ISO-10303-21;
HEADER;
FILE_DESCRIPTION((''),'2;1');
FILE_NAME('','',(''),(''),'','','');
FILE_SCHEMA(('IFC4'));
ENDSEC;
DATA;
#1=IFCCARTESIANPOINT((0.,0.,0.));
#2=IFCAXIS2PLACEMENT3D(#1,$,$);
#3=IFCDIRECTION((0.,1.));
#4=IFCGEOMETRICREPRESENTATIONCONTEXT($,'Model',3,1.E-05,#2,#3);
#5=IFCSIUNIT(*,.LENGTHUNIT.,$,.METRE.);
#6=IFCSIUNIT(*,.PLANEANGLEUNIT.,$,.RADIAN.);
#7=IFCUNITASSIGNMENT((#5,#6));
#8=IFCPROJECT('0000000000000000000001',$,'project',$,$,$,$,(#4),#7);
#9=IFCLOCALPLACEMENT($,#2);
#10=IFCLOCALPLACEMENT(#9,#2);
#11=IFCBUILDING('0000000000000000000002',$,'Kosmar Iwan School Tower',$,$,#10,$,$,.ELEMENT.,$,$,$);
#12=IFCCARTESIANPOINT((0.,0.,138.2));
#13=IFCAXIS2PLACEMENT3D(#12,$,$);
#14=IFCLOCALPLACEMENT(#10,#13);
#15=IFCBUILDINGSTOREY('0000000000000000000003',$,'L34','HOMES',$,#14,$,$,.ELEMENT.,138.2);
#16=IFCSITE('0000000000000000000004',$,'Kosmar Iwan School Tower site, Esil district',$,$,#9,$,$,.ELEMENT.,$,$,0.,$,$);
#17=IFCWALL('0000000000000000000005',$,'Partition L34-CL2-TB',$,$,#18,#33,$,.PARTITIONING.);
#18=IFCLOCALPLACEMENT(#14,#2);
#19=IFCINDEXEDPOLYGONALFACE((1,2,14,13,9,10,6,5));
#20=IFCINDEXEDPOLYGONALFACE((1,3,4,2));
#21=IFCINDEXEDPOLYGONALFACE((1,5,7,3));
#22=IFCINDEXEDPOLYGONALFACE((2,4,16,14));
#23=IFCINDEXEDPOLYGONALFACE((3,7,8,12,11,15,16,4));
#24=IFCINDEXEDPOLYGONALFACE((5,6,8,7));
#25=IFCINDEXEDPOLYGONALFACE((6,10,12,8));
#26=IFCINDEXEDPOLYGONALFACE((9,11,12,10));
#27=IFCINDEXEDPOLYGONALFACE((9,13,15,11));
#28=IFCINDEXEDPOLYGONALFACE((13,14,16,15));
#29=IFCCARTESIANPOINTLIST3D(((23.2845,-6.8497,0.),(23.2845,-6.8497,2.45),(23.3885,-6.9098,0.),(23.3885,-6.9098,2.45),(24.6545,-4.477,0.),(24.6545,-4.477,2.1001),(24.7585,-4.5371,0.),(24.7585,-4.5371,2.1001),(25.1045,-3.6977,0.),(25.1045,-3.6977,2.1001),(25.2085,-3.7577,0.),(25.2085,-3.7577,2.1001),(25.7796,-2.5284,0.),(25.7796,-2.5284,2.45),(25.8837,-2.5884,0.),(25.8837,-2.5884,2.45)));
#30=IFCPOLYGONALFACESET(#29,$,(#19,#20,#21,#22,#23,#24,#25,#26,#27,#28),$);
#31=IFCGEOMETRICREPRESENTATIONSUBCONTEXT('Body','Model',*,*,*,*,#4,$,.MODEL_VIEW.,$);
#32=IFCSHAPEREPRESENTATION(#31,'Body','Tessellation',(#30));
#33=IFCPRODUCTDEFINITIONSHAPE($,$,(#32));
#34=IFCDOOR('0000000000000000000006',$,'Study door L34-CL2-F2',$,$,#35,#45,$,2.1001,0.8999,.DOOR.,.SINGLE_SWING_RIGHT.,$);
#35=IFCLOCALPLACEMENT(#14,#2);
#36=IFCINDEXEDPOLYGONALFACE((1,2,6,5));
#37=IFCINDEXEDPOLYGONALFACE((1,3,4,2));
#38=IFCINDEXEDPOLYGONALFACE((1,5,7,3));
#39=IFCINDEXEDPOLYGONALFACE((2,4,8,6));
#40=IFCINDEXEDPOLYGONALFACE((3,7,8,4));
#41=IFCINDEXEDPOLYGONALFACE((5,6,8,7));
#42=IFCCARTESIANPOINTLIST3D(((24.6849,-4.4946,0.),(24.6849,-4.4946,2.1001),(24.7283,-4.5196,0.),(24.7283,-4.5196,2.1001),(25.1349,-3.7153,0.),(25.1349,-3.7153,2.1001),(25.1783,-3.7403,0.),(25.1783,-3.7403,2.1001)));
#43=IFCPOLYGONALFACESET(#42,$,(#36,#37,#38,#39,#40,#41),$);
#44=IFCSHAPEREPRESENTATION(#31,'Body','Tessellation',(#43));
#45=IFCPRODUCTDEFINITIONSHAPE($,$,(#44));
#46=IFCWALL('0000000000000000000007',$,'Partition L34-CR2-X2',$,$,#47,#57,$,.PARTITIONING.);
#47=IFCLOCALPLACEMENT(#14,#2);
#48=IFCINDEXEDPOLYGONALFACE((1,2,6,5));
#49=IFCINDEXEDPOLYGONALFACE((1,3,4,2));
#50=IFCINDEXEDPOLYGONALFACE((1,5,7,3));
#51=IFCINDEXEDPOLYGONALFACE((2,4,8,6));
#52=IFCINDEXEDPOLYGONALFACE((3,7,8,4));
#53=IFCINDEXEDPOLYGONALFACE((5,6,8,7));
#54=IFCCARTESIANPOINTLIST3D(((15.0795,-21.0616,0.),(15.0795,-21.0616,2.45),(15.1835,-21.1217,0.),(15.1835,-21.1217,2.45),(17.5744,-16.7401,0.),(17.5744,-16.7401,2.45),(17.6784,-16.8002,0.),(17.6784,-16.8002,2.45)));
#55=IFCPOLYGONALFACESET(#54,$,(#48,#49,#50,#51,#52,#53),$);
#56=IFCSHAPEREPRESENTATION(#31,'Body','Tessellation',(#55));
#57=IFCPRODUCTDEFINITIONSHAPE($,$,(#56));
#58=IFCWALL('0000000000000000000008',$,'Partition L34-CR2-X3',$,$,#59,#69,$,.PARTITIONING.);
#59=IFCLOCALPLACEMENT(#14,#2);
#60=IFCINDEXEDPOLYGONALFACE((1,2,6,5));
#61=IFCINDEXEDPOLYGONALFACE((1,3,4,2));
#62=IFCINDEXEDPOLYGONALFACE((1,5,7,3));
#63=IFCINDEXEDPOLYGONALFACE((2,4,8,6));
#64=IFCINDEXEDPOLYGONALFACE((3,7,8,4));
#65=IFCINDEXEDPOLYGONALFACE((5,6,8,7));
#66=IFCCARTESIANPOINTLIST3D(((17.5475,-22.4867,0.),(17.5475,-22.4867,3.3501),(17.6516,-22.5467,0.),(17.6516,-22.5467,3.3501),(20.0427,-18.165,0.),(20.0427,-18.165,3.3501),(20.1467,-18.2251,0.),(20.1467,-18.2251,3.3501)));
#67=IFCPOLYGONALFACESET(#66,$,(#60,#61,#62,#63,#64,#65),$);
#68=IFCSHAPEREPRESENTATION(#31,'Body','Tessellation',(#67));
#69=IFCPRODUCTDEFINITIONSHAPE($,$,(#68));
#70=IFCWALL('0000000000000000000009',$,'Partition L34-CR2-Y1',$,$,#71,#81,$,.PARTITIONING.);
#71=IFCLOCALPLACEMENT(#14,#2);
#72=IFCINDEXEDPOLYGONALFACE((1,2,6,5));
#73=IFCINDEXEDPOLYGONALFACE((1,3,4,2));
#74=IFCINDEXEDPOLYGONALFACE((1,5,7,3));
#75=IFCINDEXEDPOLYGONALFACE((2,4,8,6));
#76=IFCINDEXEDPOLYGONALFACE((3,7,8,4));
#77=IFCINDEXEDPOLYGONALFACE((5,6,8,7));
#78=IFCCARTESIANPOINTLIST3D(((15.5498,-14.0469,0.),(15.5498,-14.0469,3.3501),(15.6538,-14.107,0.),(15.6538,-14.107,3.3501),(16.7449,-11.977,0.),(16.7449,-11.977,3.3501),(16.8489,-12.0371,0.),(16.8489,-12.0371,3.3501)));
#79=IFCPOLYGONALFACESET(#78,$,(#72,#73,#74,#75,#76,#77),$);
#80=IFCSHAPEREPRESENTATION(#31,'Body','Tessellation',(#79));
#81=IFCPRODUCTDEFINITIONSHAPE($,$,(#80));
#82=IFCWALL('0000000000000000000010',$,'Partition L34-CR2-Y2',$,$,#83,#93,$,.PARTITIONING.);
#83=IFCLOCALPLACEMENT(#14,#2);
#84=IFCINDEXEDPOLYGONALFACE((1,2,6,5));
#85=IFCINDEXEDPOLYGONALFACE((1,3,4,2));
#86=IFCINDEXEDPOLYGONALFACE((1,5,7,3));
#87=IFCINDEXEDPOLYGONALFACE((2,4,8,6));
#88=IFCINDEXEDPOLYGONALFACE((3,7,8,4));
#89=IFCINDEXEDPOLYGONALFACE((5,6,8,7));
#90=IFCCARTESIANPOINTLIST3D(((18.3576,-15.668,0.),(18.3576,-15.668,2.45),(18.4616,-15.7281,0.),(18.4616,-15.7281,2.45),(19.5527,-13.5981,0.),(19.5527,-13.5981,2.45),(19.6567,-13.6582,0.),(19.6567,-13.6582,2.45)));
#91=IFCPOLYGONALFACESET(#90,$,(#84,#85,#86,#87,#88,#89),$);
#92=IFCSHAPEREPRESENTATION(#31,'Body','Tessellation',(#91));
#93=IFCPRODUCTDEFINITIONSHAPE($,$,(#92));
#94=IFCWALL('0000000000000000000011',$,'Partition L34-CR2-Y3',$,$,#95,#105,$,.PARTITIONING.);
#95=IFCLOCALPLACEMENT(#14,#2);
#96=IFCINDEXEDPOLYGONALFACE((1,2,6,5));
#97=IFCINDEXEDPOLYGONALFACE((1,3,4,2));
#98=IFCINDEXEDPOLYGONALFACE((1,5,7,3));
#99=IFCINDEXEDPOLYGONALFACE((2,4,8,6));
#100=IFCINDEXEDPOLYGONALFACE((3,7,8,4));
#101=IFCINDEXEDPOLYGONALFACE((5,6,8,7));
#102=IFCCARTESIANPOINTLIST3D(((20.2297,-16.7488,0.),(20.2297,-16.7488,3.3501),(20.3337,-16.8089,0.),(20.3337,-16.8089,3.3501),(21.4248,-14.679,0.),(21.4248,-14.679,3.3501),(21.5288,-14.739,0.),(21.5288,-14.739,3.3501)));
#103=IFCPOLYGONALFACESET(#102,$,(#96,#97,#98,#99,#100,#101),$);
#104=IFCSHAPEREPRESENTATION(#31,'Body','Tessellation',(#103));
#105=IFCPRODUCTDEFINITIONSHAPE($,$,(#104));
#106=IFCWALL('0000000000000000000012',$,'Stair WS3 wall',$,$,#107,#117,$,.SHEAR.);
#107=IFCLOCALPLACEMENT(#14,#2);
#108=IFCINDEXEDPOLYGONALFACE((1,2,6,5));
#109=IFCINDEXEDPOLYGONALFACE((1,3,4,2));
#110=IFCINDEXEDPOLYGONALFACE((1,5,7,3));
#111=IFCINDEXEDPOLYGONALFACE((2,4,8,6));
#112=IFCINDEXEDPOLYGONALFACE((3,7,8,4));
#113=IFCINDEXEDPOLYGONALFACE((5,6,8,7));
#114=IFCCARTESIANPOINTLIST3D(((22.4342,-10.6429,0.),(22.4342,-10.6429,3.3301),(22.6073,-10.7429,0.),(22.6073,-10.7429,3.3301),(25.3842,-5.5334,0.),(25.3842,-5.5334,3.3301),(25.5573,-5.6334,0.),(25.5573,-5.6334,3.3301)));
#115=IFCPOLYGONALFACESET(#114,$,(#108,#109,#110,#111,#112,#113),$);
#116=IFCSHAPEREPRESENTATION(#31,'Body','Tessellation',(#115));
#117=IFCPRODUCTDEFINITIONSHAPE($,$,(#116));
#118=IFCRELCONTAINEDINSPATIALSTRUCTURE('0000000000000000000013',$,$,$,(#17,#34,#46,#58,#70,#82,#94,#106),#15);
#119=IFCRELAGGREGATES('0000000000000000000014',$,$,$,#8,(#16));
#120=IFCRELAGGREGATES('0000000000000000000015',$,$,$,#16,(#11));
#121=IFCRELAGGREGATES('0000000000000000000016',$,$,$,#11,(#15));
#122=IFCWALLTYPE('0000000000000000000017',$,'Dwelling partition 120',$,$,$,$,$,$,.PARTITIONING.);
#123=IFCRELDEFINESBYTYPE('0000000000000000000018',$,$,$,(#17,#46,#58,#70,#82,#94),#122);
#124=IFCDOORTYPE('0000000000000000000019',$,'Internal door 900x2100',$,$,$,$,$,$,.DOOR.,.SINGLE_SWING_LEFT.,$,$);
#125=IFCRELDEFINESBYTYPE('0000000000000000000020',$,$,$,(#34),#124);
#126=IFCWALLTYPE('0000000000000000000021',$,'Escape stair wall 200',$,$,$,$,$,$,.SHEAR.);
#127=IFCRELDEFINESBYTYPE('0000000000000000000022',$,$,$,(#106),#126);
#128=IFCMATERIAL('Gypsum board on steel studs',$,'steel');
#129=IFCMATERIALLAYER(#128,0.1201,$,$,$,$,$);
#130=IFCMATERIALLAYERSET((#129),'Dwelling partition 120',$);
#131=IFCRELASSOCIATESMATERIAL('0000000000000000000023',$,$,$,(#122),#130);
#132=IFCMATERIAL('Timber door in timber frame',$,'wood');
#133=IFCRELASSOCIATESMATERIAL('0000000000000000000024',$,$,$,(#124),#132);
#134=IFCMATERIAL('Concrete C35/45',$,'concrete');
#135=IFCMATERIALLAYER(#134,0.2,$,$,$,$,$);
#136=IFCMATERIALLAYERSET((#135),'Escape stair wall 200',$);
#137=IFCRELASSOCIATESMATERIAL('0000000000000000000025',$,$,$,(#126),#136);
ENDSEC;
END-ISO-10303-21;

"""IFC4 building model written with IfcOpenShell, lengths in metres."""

from ifc_helpers import new_model, si_unit, direction, frame, frame_2d, origin, place, context, subcontext, project, spatial, rectangle, extrude, material, layer, layer_set, type_object, element, fill, save


model = new_model("IFC4")

# Units and contexts
model_context = context("Model", 3, precision=1e-05, world=origin(), true_north=direction((0.0, 1.0)))
body_context = subcontext(model_context, "Body", "Model", "MODEL_VIEW")
ifc_project = project(units=[si_unit("LENGTHUNIT", "METRE"), si_unit("PLANEANGLEUNIT", "RADIAN")], contexts=[model_context])

# Site, building, storey
site_placement = place(None, origin())
site = spatial("IfcSite", under=ifc_project, at=site_placement, Name="Kosmar Iwan School Tower site, Esil district", CompositionType="ELEMENT", RefElevation=0.0)
building_placement = place(site_placement, origin())
building = spatial("IfcBuilding", under=site, at=building_placement, Name="Kosmar Iwan School Tower", CompositionType="ELEMENT")
storey_placement = place(building_placement, frame((0.0, 0.0, 138.2)))
storey = spatial("IfcBuildingStorey", under=building, at=storey_placement, Name="L34", Description="HOMES", CompositionType="ELEMENT", Elevation=138.2)

# Shared definitions
ifc_material_1 = material(Name="Gypsum board on steel studs", Category="steel")
ifc_layer_1 = layer(ifc_material_1, 0.1201)
ifc_layer_set_1 = layer_set([ifc_layer_1], Name="Dwelling partition 120")
wall_type_1 = type_object("IfcWallType", Name="Dwelling partition 120", PredefinedType="PARTITIONING", material=ifc_layer_set_1)

# Wall, opening, door
wall_1_placement = place(storey_placement, frame((23.3364, -6.8799, 0.0), z_axis=(0.0, 0.0, 1.0), x_axis=(0.500033, 0.866006, 0.0)))
wall_1 = element("IfcWall", 1, at=wall_1_placement, inside=storey, type_object=wall_type_1, Name="Partition L34-CL2-TB", PredefinedType="PARTITIONING", context=body_context, shape_type="SweptSolid", body=[
    extrude(rectangle(XDim=4.99, YDim=0.1201, at=frame_2d((2.4951, 0.0))), origin(), (0.0, 0.0, 1.0), 2.45),
])
opening_1_placement = place(wall_1_placement, frame((2.74, 0.0, 0.0)))
opening_1 = element("IfcOpeningElement", 2, at=opening_1_placement, cuts=wall_1, PredefinedType="OPENING", context=body_context, shape_type="SweptSolid", body=[
    extrude(rectangle(XDim=0.8999, YDim=2.1001, at=frame_2d((0.45, 1.05))), frame((0.0, 0.072, 0.0), z_axis=(0.0, -1.0, 0.0), x_axis=(1.0, 0.0, 0.0)), (0.0, 0.0, 1.0), 0.144),
])
ifc_material_2 = material(Name="Timber door in timber frame", Category="wood")
door_type_1 = type_object("IfcDoorType", Name="Internal door 900x2100", OperationType="SINGLE_SWING_LEFT", PredefinedType="DOOR", material=ifc_material_2)
door_1_placement = place(opening_1_placement, origin())
door_1 = element("IfcDoor", 3, at=door_1_placement, inside=storey, type_object=door_type_1, Name="Study door L34-CL2-F2", OperationType="SINGLE_SWING_RIGHT", OverallHeight=2.1001, OverallWidth=0.8999, PredefinedType="DOOR", context=body_context, shape_type="SweptSolid", body=[
    extrude(rectangle(XDim=0.8999, YDim=2.1001, at=frame_2d((0.45, 1.05))), frame((0.0, 0.0249, 0.0), z_axis=(0.0, -1.0, 0.0), x_axis=(1.0, 0.0, 0.0)), (0.0, 0.0, 1.0), 0.05),
])
fill(opening_1, door_1)

# Walls
wall_2_placement = place(storey_placement, frame((17.6265, -16.77, 0.0), z_axis=(0.0, 0.0, 1.0), x_axis=(-0.499975, -0.86604, 0.0)))
element("IfcWall", 4, at=wall_2_placement, inside=storey, type_object=wall_type_1, Name="Partition L34-CR2-X2", PredefinedType="PARTITIONING", context=body_context, shape_type="SweptSolid", body=[
    extrude(rectangle(XDim=4.99, YDim=0.1201, at=frame_2d((2.4951, 0.0))), origin(), (0.0, 0.0, 1.0), 2.45),
])
wall_3_placement = place(storey_placement, frame((20.0947, -18.1951, 0.0), z_axis=(0.0, 0.0, 1.0), x_axis=(-0.500012, -0.866019, 0.0)))
element("IfcWall", 5, at=wall_3_placement, inside=storey, type_object=wall_type_1, Name="Partition L34-CR2-X3", PredefinedType="PARTITIONING", context=body_context, shape_type="SweptSolid", body=[
    extrude(rectangle(XDim=4.9902, YDim=0.1201, at=frame_2d((2.4951, 0.0))), origin(), (0.0, 0.0, 1.0), 3.3501),
])
wall_4_placement = place(storey_placement, frame((16.7969, -12.0071, 0.0), z_axis=(0.0, 0.0, 1.0), x_axis=(-0.500017, -0.866015, 0.0)))
element("IfcWall", 6, at=wall_4_placement, inside=storey, type_object=wall_type_1, Name="Partition L34-CR2-Y1", PredefinedType="PARTITIONING", context=body_context, shape_type="SweptSolid", body=[
    extrude(rectangle(XDim=2.3901, YDim=0.1201, at=frame_2d((1.1951, 0.0))), origin(), (0.0, 0.0, 1.0), 3.3501),
])
wall_5_placement = place(storey_placement, frame((19.6047, -13.6282, 0.0), z_axis=(0.0, 0.0, 1.0), x_axis=(-0.500017, -0.866015, 0.0)))
element("IfcWall", 7, at=wall_5_placement, inside=storey, type_object=wall_type_1, Name="Partition L34-CR2-Y2", PredefinedType="PARTITIONING", context=body_context, shape_type="SweptSolid", body=[
    extrude(rectangle(XDim=2.3901, YDim=0.1201, at=frame_2d((1.1951, 0.0))), origin(), (0.0, 0.0, 1.0), 2.45),
])
wall_6_placement = place(storey_placement, frame((21.4768, -14.709, 0.0), z_axis=(0.0, 0.0, 1.0), x_axis=(-0.500017, -0.866015, 0.0)))
element("IfcWall", 8, at=wall_6_placement, inside=storey, type_object=wall_type_1, Name="Partition L34-CR2-Y3", PredefinedType="PARTITIONING", context=body_context, shape_type="SweptSolid", body=[
    extrude(rectangle(XDim=2.3901, YDim=0.1201, at=frame_2d((1.1951, 0.0))), origin(), (0.0, 0.0, 1.0), 3.3501),
])
ifc_material_3 = material(Name="Concrete C35/45", Category="concrete")
ifc_layer_2 = layer(ifc_material_3, 0.2)
ifc_layer_set_2 = layer_set([ifc_layer_2], Name="Escape stair wall 200")
wall_type_2 = type_object("IfcWallType", Name="Escape stair wall 200", PredefinedType="SHEAR", material=ifc_layer_set_2)
wall_7_placement = place(storey_placement, frame((22.5208, -10.6929, 0.0), z_axis=(0.0, 0.0, 1.0), x_axis=(0.500007, 0.866022, 0.0)))
element("IfcWall", 9, at=wall_7_placement, inside=storey, type_object=wall_type_2, Name="Stair WS3 wall", PredefinedType="SHEAR", context=body_context, shape_type="SweptSolid", body=[
    extrude(rectangle(XDim=5.8999, YDim=0.2, at=frame_2d((2.95, 0.0))), origin(), (0.0, 0.0, 1.0), 3.3301),
])

save(model, "model.ifc")
